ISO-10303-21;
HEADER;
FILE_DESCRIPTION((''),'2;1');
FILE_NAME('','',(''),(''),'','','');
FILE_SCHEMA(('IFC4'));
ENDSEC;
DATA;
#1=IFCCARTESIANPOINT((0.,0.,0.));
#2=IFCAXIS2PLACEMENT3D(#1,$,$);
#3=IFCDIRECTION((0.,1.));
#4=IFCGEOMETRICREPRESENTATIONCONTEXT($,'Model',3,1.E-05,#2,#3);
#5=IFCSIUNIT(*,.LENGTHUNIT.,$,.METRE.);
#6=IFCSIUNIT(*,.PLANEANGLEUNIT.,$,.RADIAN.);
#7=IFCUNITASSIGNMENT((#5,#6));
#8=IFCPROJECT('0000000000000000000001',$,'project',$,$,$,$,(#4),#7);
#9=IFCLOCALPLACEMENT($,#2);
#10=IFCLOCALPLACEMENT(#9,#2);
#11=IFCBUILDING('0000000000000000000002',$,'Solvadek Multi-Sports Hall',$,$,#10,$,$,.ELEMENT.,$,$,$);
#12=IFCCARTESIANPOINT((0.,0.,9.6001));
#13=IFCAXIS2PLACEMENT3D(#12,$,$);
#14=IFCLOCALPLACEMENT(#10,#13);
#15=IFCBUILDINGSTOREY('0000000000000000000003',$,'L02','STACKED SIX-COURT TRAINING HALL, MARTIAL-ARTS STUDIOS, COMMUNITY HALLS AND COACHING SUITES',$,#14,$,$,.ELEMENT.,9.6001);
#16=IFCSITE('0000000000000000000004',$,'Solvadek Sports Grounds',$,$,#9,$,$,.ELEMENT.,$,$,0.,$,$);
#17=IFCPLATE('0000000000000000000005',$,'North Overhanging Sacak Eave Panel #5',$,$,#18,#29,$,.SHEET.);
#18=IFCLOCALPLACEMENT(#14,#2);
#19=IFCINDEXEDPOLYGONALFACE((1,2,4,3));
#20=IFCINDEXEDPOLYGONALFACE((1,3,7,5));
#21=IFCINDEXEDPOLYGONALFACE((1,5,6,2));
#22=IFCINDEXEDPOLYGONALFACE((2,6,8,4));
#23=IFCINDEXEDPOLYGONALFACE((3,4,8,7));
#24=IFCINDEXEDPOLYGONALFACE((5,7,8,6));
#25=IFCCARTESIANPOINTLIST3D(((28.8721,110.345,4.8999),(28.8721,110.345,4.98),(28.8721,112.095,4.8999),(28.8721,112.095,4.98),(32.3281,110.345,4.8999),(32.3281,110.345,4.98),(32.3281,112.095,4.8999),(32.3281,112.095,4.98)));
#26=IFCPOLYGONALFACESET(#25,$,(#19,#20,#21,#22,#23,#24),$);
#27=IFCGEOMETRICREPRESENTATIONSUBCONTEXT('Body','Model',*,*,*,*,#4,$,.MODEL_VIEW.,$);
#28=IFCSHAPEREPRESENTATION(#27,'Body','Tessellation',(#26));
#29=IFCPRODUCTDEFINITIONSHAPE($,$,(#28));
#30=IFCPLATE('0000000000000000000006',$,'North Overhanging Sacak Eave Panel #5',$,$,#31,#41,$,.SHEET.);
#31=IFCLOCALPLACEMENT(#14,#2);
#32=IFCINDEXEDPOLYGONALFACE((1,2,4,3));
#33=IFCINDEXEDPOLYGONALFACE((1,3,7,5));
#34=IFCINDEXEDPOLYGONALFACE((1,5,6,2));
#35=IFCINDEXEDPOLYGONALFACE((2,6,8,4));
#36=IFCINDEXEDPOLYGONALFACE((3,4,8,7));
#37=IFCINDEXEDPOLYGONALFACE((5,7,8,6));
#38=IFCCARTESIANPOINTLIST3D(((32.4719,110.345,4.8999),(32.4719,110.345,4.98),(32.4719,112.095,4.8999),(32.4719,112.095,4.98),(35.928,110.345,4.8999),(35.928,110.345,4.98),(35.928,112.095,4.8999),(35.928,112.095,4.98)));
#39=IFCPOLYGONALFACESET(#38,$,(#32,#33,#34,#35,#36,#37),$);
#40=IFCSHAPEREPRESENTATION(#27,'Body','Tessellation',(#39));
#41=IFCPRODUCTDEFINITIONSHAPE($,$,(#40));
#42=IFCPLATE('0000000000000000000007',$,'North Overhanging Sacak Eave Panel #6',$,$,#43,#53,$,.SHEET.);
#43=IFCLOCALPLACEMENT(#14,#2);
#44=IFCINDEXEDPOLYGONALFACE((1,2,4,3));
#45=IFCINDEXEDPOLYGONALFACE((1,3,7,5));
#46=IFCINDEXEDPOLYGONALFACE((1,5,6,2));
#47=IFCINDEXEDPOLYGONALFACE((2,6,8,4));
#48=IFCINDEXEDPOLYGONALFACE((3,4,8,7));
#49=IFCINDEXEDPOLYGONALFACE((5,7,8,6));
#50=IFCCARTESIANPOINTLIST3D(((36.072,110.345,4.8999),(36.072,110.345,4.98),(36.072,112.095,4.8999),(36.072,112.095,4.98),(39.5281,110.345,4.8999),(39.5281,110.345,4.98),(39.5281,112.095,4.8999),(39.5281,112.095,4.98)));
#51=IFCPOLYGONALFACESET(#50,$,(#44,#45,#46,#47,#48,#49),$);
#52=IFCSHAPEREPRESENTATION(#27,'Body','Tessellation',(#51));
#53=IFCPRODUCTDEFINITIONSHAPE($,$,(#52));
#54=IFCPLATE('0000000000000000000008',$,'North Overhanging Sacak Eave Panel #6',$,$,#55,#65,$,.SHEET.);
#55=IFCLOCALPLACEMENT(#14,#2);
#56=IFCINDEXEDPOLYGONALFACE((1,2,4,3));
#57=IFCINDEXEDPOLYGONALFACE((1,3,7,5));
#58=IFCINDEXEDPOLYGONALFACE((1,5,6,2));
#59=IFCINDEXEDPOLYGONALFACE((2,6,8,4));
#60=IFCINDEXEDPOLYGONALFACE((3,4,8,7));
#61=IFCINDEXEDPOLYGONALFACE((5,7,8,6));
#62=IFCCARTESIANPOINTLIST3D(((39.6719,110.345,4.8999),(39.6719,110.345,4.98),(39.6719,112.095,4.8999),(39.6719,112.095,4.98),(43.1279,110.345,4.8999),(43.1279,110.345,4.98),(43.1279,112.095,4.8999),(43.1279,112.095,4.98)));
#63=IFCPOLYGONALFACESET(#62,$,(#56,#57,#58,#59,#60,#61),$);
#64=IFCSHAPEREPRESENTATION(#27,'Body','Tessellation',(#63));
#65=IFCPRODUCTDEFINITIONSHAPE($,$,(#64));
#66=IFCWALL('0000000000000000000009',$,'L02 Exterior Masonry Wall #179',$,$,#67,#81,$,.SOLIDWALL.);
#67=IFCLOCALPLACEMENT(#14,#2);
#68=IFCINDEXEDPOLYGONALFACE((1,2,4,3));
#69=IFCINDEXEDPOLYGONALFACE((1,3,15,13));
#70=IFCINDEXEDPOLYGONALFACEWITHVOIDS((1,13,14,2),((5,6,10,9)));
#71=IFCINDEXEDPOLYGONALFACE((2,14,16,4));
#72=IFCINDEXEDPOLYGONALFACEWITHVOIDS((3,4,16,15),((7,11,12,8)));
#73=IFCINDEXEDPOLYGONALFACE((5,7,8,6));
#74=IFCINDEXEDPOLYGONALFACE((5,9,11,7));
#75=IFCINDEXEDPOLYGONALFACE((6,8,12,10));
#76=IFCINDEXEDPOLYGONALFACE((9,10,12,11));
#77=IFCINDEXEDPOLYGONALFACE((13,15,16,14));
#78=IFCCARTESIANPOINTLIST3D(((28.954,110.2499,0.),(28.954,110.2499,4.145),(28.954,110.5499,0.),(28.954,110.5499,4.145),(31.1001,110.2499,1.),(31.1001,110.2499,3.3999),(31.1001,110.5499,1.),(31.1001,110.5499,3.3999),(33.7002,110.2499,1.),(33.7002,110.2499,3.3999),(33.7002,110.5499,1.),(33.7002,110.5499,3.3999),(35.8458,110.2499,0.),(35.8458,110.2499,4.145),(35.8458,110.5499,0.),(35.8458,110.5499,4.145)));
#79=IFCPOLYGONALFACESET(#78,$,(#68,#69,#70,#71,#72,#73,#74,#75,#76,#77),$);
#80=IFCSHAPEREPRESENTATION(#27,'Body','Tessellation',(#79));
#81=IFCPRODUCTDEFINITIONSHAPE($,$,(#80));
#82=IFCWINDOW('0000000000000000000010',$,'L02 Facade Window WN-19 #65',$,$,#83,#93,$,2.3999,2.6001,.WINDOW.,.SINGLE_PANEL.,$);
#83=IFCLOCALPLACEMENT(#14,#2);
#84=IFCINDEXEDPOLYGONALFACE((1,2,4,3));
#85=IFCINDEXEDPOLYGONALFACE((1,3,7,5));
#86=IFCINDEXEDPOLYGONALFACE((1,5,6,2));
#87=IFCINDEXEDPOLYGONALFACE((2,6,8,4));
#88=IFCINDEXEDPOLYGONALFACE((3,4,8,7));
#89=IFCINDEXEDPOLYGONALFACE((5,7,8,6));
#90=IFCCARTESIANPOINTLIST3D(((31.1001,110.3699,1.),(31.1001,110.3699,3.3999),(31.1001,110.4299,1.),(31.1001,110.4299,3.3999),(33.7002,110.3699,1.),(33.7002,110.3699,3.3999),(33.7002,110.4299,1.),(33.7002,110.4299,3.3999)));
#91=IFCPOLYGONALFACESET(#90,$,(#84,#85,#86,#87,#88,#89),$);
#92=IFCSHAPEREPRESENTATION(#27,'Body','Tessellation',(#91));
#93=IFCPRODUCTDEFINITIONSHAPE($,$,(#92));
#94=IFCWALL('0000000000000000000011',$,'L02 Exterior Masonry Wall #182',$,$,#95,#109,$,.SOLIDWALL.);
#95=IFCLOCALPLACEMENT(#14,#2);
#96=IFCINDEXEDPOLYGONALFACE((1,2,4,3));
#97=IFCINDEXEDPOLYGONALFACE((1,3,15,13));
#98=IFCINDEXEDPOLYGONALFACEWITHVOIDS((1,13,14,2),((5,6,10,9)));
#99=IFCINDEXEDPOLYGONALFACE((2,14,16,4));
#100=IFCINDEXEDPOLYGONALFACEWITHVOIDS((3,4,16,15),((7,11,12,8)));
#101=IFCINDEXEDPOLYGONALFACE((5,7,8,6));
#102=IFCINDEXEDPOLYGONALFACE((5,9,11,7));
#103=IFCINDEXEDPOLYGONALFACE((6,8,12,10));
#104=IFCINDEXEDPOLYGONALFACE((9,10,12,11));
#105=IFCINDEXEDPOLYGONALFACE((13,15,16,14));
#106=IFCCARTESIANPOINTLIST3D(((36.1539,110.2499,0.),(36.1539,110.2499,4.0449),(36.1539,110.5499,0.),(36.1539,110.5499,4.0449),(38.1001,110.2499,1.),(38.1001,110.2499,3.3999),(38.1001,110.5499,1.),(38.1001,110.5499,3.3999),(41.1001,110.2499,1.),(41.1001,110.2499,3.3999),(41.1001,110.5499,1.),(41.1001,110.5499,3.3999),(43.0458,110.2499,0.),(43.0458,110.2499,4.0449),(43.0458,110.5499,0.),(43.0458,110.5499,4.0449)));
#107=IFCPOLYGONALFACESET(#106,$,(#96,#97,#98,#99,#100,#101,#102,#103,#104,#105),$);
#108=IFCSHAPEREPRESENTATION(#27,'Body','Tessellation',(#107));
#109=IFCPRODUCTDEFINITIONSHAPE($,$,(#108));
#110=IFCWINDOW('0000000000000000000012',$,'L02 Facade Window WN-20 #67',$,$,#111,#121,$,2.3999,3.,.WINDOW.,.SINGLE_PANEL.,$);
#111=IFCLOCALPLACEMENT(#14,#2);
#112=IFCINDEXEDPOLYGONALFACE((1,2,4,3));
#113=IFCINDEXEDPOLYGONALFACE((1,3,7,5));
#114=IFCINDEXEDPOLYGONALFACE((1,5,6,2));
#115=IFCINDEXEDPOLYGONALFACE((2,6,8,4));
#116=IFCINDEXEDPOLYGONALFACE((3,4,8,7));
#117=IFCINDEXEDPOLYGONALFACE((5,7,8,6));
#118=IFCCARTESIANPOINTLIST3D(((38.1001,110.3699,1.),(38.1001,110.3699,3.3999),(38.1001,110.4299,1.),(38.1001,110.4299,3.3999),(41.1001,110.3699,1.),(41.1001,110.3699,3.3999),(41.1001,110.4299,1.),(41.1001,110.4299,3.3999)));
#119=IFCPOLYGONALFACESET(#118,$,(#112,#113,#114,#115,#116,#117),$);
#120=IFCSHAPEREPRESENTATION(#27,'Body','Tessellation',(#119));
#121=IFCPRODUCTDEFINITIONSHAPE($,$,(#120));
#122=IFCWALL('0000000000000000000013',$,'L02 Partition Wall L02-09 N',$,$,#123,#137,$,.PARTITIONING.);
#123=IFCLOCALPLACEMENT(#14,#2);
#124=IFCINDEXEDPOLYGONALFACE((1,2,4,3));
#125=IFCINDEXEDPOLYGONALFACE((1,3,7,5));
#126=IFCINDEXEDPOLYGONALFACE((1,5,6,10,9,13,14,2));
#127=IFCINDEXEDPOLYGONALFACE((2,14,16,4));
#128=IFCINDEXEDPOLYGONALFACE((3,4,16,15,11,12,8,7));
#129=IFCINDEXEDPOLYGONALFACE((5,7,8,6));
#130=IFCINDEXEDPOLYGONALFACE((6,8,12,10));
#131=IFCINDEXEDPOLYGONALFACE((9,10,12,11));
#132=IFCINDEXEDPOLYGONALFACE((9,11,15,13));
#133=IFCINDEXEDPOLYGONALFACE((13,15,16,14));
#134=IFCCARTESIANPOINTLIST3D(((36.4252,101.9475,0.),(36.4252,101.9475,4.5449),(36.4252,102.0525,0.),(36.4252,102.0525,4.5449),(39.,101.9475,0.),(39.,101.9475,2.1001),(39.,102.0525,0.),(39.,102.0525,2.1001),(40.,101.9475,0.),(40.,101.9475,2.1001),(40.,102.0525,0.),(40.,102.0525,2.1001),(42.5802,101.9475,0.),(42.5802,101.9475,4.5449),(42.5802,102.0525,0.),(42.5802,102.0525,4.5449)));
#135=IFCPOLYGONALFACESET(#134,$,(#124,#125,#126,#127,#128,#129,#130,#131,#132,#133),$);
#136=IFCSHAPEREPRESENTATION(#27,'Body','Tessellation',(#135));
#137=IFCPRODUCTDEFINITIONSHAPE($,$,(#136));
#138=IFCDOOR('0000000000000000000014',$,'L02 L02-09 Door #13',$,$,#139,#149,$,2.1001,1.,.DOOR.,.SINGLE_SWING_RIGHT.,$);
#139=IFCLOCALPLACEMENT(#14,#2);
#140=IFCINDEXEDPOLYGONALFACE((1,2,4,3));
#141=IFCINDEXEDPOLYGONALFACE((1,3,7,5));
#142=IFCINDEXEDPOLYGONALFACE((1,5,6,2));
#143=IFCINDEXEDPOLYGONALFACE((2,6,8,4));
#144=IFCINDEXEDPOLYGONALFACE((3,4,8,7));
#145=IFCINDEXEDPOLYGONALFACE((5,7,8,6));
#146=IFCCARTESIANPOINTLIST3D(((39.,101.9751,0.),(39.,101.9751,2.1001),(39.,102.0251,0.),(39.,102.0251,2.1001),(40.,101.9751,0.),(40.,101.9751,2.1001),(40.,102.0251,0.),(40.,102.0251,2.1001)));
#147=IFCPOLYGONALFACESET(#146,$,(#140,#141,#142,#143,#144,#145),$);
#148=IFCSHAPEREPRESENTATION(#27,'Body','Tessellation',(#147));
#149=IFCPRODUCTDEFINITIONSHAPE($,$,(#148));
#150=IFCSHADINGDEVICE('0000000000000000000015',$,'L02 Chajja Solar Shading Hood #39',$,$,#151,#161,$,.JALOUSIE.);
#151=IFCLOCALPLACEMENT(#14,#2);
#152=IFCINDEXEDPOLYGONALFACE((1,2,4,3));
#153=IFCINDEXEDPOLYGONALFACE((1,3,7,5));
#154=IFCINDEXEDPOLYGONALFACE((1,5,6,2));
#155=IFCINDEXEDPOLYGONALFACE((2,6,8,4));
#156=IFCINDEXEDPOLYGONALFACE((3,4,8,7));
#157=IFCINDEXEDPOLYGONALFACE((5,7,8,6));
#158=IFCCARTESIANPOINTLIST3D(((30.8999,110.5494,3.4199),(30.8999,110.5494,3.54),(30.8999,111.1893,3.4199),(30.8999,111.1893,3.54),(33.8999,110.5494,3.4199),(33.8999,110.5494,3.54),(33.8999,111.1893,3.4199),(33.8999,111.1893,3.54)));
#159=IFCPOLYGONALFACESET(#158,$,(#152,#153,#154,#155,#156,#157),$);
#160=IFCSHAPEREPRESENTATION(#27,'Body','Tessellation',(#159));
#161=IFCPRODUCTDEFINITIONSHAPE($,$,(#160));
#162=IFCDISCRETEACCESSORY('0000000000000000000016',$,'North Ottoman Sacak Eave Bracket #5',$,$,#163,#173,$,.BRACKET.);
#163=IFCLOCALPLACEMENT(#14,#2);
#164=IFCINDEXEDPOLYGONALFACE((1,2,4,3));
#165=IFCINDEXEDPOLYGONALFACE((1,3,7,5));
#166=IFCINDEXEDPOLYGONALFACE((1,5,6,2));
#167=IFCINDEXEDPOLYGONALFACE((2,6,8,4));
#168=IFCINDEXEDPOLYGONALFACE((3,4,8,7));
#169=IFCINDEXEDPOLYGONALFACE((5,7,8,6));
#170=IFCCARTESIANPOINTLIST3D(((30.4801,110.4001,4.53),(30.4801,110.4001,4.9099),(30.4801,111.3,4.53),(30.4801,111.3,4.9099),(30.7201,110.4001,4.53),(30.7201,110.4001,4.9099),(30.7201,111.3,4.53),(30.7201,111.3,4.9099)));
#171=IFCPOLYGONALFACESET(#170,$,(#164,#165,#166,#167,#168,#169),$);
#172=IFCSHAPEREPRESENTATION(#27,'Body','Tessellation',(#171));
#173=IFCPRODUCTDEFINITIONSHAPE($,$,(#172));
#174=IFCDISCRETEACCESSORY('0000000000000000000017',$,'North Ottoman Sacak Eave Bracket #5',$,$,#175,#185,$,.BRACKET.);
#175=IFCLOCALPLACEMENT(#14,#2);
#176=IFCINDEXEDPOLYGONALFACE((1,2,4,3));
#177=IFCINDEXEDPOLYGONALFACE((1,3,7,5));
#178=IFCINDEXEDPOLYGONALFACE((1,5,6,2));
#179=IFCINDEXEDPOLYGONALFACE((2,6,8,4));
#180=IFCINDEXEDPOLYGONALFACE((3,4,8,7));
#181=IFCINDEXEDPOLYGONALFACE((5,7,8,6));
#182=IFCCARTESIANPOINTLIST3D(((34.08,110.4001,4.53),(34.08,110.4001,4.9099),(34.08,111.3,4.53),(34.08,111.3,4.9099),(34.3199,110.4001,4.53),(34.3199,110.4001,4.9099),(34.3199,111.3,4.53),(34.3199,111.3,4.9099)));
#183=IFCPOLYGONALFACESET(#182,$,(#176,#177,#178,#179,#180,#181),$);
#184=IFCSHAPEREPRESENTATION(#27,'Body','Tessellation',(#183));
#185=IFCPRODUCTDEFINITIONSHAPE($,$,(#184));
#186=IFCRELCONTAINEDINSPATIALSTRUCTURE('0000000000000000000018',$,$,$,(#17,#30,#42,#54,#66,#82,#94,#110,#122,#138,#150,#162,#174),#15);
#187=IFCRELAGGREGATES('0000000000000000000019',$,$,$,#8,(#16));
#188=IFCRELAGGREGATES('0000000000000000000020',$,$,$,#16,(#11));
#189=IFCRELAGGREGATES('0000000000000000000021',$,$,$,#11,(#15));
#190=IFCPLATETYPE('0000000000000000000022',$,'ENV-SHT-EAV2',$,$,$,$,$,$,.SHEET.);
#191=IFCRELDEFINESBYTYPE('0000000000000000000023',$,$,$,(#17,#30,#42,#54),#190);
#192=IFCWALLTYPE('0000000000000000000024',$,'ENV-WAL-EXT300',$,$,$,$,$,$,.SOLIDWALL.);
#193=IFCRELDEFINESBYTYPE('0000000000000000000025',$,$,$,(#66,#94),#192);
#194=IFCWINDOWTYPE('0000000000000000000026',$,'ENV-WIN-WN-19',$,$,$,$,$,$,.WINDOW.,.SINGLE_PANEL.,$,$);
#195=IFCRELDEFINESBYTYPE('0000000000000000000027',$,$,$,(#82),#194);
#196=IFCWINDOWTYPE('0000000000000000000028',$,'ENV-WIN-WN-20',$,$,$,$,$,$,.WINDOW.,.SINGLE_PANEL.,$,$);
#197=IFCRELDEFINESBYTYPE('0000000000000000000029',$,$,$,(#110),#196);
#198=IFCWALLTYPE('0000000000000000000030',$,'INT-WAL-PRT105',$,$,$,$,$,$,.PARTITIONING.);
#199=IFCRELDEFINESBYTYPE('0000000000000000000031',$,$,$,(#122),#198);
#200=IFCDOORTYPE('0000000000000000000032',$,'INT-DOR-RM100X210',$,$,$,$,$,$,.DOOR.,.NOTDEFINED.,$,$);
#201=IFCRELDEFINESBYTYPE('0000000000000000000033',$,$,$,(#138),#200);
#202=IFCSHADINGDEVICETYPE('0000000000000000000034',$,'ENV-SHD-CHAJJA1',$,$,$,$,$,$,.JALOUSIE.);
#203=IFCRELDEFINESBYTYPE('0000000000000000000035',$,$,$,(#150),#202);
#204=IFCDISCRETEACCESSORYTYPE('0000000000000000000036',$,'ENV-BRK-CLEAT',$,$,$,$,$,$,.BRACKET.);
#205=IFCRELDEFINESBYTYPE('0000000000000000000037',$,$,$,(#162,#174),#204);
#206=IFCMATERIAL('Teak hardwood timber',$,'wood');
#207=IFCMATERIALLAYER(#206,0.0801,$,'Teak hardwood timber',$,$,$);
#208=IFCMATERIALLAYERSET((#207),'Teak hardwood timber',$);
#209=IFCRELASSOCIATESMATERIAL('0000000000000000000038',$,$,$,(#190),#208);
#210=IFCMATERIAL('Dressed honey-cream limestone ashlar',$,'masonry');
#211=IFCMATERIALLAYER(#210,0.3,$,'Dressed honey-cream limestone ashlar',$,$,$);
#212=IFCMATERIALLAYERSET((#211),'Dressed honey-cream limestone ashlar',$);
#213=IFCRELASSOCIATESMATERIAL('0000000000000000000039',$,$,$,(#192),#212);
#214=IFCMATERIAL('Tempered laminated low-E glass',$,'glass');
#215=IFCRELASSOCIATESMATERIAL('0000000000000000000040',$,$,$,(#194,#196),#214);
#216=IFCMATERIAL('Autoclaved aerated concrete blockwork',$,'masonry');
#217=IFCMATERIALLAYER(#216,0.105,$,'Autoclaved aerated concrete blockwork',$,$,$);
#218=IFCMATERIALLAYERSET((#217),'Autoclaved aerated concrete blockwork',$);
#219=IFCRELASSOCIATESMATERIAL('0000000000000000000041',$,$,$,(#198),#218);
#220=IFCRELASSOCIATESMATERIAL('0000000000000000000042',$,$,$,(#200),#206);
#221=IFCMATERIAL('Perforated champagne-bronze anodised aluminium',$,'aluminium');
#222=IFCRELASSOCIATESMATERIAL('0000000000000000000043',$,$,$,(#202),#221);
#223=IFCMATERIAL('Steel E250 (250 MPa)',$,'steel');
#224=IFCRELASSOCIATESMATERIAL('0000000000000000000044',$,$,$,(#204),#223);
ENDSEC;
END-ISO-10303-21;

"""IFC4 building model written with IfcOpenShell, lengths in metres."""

from ifc_helpers import new_model, si_unit, direction, frame, frame_2d, origin, origin_2d, place, context, subcontext, project, spatial, rectangle, extrude, material, layer, layer_set, type_object, element, fill, save


model = new_model("IFC4")

# Units and contexts
model_context = context("Model", 3, precision=1e-05, world=origin(), true_north=direction((0.0, 1.0)))
body_context = subcontext(model_context, "Body", "Model", "MODEL_VIEW")
ifc_project = project(units=[si_unit("LENGTHUNIT", "METRE"), si_unit("PLANEANGLEUNIT", "RADIAN")], contexts=[model_context])

# Site, building, storey
site_placement = place(None, origin())
site = spatial("IfcSite", under=ifc_project, at=site_placement, Name="Solvadek Sports Grounds", CompositionType="ELEMENT", RefElevation=0.0)
building_placement = place(site_placement, origin())
building = spatial("IfcBuilding", under=site, at=building_placement, Name="Solvadek Multi-Sports Hall", CompositionType="ELEMENT")
storey_placement = place(building_placement, frame((0.0, 0.0, 9.6001)))
storey = spatial("IfcBuildingStorey", under=building, at=storey_placement, Name="L02", Description="STACKED SIX-COURT TRAINING HALL, MARTIAL-ARTS STUDIOS, COMMUNITY HALLS AND COACHING SUITES", CompositionType="ELEMENT", Elevation=9.6001)

# Shared definitions
ifc_material_1 = material(Name="Steel E250 (250 MPa)", Category="steel")

# Plates
ifc_material_2 = material(Name="Teak hardwood timber", Category="wood")
ifc_layer_1 = layer(ifc_material_2, 0.0801, Name="Teak hardwood timber")
ifc_layer_set_1 = layer_set([ifc_layer_1], Name="Teak hardwood timber")
plate_type = type_object("IfcPlateType", Name="ENV-SHT-EAV2", PredefinedType="SHEET", material=ifc_layer_set_1)
for number, where, z_axis, x_axis, name in (
    (1, (30.6001, 111.22, 4.8999), (0.0, 0.0, 1.0), (1.0, 0.0, 0.0), "North Overhanging Sacak Eave Panel #5"),
    (2, (34.2, 111.22, 4.8999), (0.0, 0.0, 1.0), (1.0, 0.0, 0.0), "North Overhanging Sacak Eave Panel #5"),
    (3, (37.8, 111.22, 4.8999), (0.0, 0.0, 1.0), (1.0, 0.0, 0.0), "North Overhanging Sacak Eave Panel #6"),
    (4, (41.3999, 111.22, 4.8999), (0.0, 0.0, 1.0), (1.0, 0.0, 0.0), "North Overhanging Sacak Eave Panel #6"),
):
    element("IfcPlate", number, at=place(storey_placement, frame(where, z_axis=z_axis, x_axis=x_axis)), inside=storey, type_object=plate_type, Name=name, PredefinedType="SHEET", context=body_context, shape_type="SweptSolid", body=[
        extrude(rectangle(XDim=3.4561, YDim=1.75, at=origin_2d()), origin(), (0.0, 0.0, 1.0), 0.0801),
    ])

# Walls, openings, windows
ifc_material_3 = material(Name="Dressed honey-cream limestone ashlar", Category="masonry")
ifc_layer_2 = layer(ifc_material_3, 0.3, Name="Dressed honey-cream limestone ashlar")
ifc_layer_set_2 = layer_set([ifc_layer_2], Name="Dressed honey-cream limestone ashlar")
wall_type_1 = type_object("IfcWallType", Name="ENV-WAL-EXT300", PredefinedType="SOLIDWALL", material=ifc_layer_set_2)
wall_1_placement = place(storey_placement, frame((28.9541, 110.3999, 0.0), z_axis=(0.0, 0.0, 1.0), x_axis=(1.0, 0.0, 0.0)))
wall_1 = element("IfcWall", 5, at=wall_1_placement, inside=storey, type_object=wall_type_1, Name="L02 Exterior Masonry Wall #179", PredefinedType="SOLIDWALL", context=body_context, shape_type="SweptSolid", body=[
    extrude(rectangle(XDim=6.8918, YDim=0.3, at=frame_2d((3.4458, 0.0))), origin(), (0.0, 0.0, 1.0), 4.145),
])
opening_1_placement = place(wall_1_placement, frame((2.146, 0.0, 1.0)))
opening_1 = element("IfcOpeningElement", 6, at=opening_1_placement, cuts=wall_1, PredefinedType="OPENING", context=body_context, shape_type="SweptSolid", body=[
    extrude(rectangle(XDim=2.6001, YDim=2.3999, at=frame_2d((1.3, 1.2))), frame((0.0, 0.1599, 0.0), z_axis=(0.0, -1.0, 0.0), x_axis=(1.0, 0.0, 0.0)), (0.0, 0.0, 1.0), 0.3201),
])
ifc_material_4 = material(Name="Tempered laminated low-E glass", Category="glass")
window_type_1 = type_object("IfcWindowType", Name="ENV-WIN-WN-19", PartitioningType="SINGLE_PANEL", PredefinedType="WINDOW", material=ifc_material_4)
window_1_placement = place(opening_1_placement, origin())
window_1 = element("IfcWindow", 7, at=window_1_placement, inside=storey, type_object=window_type_1, Name="L02 Facade Window WN-19 #65", OverallHeight=2.3999, OverallWidth=2.6001, PartitioningType="SINGLE_PANEL", PredefinedType="WINDOW", context=body_context, shape_type="SweptSolid", body=[
    extrude(rectangle(XDim=2.6001, YDim=2.3999, at=frame_2d((1.3, 1.2))), frame((0.0, 0.03, 0.0), z_axis=(0.0, -1.0, 0.0), x_axis=(1.0, 0.0, 0.0)), (0.0, 0.0, 1.0), 0.0601),
])
fill(opening_1, window_1)
wall_2_placement = place(storey_placement, frame((36.1541, 110.3999, 0.0), z_axis=(0.0, 0.0, 1.0), x_axis=(1.0, 0.0, 0.0)))
wall_2 = element("IfcWall", 8, at=wall_2_placement, inside=storey, type_object=wall_type_1, Name="L02 Exterior Masonry Wall #182", PredefinedType="SOLIDWALL", context=body_context, shape_type="SweptSolid", body=[
    extrude(rectangle(XDim=6.8918, YDim=0.3, at=frame_2d((3.4458, 0.0))), origin(), (0.0, 0.0, 1.0), 4.0449),
])
opening_2_placement = place(wall_2_placement, frame((1.946, 0.0, 1.0)))
opening_2 = element("IfcOpeningElement", 9, at=opening_2_placement, cuts=wall_2, PredefinedType="OPENING", context=body_context, shape_type="SweptSolid", body=[
    extrude(rectangle(XDim=3.0, YDim=2.3999, at=frame_2d((1.5, 1.2))), frame((0.0, 0.1599, 0.0), z_axis=(0.0, -1.0, 0.0), x_axis=(1.0, 0.0, 0.0)), (0.0, 0.0, 1.0), 0.3201),
])
window_type_2 = type_object("IfcWindowType", Name="ENV-WIN-WN-20", PartitioningType="SINGLE_PANEL", PredefinedType="WINDOW", material=ifc_material_4)
window_2_placement = place(opening_2_placement, origin())
window_2 = element("IfcWindow", 10, at=window_2_placement, inside=storey, type_object=window_type_2, Name="L02 Facade Window WN-20 #67", OverallHeight=2.3999, OverallWidth=3.0, PartitioningType="SINGLE_PANEL", PredefinedType="WINDOW", context=body_context, shape_type="SweptSolid", body=[
    extrude(rectangle(XDim=3.0, YDim=2.3999, at=frame_2d((1.5, 1.2))), frame((0.0, 0.03, 0.0), z_axis=(0.0, -1.0, 0.0), x_axis=(1.0, 0.0, 0.0)), (0.0, 0.0, 1.0), 0.0601),
])
fill(opening_2, window_2)

# Wall, opening, door
ifc_material_5 = material(Name="Autoclaved aerated concrete blockwork", Category="masonry")
ifc_layer_3 = layer(ifc_material_5, 0.105, Name="Autoclaved aerated concrete blockwork")
ifc_layer_set_3 = layer_set([ifc_layer_3], Name="Autoclaved aerated concrete blockwork")
wall_type_2 = type_object("IfcWallType", Name="INT-WAL-PRT105", PredefinedType="PARTITIONING", material=ifc_layer_set_3)
wall_3_placement = place(storey_placement, frame((36.425, 102.0, 0.0), z_axis=(0.0, 0.0, 1.0), x_axis=(1.0, 0.0, 0.0)))
wall_3 = element("IfcWall", 11, at=wall_3_placement, inside=storey, type_object=wall_type_2, Name="L02 Partition Wall L02-09 N", PredefinedType="PARTITIONING", context=body_context, shape_type="SweptSolid", body=[
    extrude(rectangle(XDim=6.155, YDim=0.105, at=frame_2d((3.0776, 0.0))), origin(), (0.0, 0.0, 1.0), 4.5449),
])
opening_3_placement = place(wall_3_placement, frame((2.575, 0.0, 0.0)))
opening_3 = element("IfcOpeningElement", 12, at=opening_3_placement, cuts=wall_3, PredefinedType="OPENING", context=body_context, shape_type="SweptSolid", body=[
    extrude(rectangle(XDim=1.0, YDim=2.1001, at=frame_2d((0.5, 1.05))), frame((0.0, 0.0625, 0.0), z_axis=(0.0, -1.0, 0.0), x_axis=(1.0, 0.0, 0.0)), (0.0, 0.0, 1.0), 0.125),
])
door_type = type_object("IfcDoorType", Name="INT-DOR-RM100X210", OperationType="NOTDEFINED", PredefinedType="DOOR", material=ifc_material_2)
door_placement = place(opening_3_placement, frame((1.0, 0.0, 0.0), z_axis=(0.0, 0.0, 1.0), x_axis=(-1.0, 0.0, 0.0)))
door = element("IfcDoor", 13, at=door_placement, inside=storey, type_object=door_type, Name="L02 L02-09 Door #13", OperationType="SINGLE_SWING_RIGHT", OverallHeight=2.1001, OverallWidth=1.0, PredefinedType="DOOR", context=body_context, shape_type="SweptSolid", body=[
    extrude(rectangle(XDim=1.0, YDim=2.1001, at=frame_2d((0.5, 1.05))), frame((0.0, 0.0249, 0.0), z_axis=(0.0, -1.0, 0.0), x_axis=(1.0, 0.0, 0.0)), (0.0, 0.0, 1.0), 0.05),
])
fill(opening_3, door)

# Shading device
ifc_material_6 = material(Name="Perforated champagne-bronze anodised aluminium", Category="aluminium")
shading_device_type = type_object("IfcShadingDeviceType", Name="ENV-SHD-CHAJJA1", PredefinedType="JALOUSIE", material=ifc_material_6)
shading_device_placement = place(storey_placement, frame((32.3999, 110.8694, 3.4199), z_axis=(0.0, 0.0, 1.0), x_axis=(1.0, 0.0, 0.0)))
element("IfcShadingDevice", 14, at=shading_device_placement, inside=storey, type_object=shading_device_type, Name="L02 Chajja Solar Shading Hood #39", PredefinedType="JALOUSIE", context=body_context, shape_type="SweptSolid", body=[
    extrude(rectangle(XDim=3.0, YDim=0.6399, at=origin_2d()), origin(), (0.0, 0.0, 1.0), 0.1201),
])

# Discrete accessories
discrete_accessory_type = type_object("IfcDiscreteAccessoryType", Name="ENV-BRK-CLEAT", PredefinedType="BRACKET", material=ifc_material_1)
for number, where, z_axis, x_axis, name in (
    (15, (30.6001, 110.8501, 4.53), (0.0, 0.0, 1.0), (1.0, 0.0, 0.0), "North Ottoman Sacak Eave Bracket #5"),
    (16, (34.2, 110.8501, 4.53), (0.0, 0.0, 1.0), (1.0, 0.0, 0.0), "North Ottoman Sacak Eave Bracket #5"),
):
    element("IfcDiscreteAccessory", number, at=place(storey_placement, frame(where, z_axis=z_axis, x_axis=x_axis)), inside=storey, type_object=discrete_accessory_type, Name=name, PredefinedType="BRACKET", context=body_context, shape_type="SweptSolid", body=[
        extrude(rectangle(XDim=0.24, YDim=0.8999, at=origin_2d()), origin(), (0.0, 0.0, 1.0), 0.3799),
    ])

save(model, "model.ifc")
